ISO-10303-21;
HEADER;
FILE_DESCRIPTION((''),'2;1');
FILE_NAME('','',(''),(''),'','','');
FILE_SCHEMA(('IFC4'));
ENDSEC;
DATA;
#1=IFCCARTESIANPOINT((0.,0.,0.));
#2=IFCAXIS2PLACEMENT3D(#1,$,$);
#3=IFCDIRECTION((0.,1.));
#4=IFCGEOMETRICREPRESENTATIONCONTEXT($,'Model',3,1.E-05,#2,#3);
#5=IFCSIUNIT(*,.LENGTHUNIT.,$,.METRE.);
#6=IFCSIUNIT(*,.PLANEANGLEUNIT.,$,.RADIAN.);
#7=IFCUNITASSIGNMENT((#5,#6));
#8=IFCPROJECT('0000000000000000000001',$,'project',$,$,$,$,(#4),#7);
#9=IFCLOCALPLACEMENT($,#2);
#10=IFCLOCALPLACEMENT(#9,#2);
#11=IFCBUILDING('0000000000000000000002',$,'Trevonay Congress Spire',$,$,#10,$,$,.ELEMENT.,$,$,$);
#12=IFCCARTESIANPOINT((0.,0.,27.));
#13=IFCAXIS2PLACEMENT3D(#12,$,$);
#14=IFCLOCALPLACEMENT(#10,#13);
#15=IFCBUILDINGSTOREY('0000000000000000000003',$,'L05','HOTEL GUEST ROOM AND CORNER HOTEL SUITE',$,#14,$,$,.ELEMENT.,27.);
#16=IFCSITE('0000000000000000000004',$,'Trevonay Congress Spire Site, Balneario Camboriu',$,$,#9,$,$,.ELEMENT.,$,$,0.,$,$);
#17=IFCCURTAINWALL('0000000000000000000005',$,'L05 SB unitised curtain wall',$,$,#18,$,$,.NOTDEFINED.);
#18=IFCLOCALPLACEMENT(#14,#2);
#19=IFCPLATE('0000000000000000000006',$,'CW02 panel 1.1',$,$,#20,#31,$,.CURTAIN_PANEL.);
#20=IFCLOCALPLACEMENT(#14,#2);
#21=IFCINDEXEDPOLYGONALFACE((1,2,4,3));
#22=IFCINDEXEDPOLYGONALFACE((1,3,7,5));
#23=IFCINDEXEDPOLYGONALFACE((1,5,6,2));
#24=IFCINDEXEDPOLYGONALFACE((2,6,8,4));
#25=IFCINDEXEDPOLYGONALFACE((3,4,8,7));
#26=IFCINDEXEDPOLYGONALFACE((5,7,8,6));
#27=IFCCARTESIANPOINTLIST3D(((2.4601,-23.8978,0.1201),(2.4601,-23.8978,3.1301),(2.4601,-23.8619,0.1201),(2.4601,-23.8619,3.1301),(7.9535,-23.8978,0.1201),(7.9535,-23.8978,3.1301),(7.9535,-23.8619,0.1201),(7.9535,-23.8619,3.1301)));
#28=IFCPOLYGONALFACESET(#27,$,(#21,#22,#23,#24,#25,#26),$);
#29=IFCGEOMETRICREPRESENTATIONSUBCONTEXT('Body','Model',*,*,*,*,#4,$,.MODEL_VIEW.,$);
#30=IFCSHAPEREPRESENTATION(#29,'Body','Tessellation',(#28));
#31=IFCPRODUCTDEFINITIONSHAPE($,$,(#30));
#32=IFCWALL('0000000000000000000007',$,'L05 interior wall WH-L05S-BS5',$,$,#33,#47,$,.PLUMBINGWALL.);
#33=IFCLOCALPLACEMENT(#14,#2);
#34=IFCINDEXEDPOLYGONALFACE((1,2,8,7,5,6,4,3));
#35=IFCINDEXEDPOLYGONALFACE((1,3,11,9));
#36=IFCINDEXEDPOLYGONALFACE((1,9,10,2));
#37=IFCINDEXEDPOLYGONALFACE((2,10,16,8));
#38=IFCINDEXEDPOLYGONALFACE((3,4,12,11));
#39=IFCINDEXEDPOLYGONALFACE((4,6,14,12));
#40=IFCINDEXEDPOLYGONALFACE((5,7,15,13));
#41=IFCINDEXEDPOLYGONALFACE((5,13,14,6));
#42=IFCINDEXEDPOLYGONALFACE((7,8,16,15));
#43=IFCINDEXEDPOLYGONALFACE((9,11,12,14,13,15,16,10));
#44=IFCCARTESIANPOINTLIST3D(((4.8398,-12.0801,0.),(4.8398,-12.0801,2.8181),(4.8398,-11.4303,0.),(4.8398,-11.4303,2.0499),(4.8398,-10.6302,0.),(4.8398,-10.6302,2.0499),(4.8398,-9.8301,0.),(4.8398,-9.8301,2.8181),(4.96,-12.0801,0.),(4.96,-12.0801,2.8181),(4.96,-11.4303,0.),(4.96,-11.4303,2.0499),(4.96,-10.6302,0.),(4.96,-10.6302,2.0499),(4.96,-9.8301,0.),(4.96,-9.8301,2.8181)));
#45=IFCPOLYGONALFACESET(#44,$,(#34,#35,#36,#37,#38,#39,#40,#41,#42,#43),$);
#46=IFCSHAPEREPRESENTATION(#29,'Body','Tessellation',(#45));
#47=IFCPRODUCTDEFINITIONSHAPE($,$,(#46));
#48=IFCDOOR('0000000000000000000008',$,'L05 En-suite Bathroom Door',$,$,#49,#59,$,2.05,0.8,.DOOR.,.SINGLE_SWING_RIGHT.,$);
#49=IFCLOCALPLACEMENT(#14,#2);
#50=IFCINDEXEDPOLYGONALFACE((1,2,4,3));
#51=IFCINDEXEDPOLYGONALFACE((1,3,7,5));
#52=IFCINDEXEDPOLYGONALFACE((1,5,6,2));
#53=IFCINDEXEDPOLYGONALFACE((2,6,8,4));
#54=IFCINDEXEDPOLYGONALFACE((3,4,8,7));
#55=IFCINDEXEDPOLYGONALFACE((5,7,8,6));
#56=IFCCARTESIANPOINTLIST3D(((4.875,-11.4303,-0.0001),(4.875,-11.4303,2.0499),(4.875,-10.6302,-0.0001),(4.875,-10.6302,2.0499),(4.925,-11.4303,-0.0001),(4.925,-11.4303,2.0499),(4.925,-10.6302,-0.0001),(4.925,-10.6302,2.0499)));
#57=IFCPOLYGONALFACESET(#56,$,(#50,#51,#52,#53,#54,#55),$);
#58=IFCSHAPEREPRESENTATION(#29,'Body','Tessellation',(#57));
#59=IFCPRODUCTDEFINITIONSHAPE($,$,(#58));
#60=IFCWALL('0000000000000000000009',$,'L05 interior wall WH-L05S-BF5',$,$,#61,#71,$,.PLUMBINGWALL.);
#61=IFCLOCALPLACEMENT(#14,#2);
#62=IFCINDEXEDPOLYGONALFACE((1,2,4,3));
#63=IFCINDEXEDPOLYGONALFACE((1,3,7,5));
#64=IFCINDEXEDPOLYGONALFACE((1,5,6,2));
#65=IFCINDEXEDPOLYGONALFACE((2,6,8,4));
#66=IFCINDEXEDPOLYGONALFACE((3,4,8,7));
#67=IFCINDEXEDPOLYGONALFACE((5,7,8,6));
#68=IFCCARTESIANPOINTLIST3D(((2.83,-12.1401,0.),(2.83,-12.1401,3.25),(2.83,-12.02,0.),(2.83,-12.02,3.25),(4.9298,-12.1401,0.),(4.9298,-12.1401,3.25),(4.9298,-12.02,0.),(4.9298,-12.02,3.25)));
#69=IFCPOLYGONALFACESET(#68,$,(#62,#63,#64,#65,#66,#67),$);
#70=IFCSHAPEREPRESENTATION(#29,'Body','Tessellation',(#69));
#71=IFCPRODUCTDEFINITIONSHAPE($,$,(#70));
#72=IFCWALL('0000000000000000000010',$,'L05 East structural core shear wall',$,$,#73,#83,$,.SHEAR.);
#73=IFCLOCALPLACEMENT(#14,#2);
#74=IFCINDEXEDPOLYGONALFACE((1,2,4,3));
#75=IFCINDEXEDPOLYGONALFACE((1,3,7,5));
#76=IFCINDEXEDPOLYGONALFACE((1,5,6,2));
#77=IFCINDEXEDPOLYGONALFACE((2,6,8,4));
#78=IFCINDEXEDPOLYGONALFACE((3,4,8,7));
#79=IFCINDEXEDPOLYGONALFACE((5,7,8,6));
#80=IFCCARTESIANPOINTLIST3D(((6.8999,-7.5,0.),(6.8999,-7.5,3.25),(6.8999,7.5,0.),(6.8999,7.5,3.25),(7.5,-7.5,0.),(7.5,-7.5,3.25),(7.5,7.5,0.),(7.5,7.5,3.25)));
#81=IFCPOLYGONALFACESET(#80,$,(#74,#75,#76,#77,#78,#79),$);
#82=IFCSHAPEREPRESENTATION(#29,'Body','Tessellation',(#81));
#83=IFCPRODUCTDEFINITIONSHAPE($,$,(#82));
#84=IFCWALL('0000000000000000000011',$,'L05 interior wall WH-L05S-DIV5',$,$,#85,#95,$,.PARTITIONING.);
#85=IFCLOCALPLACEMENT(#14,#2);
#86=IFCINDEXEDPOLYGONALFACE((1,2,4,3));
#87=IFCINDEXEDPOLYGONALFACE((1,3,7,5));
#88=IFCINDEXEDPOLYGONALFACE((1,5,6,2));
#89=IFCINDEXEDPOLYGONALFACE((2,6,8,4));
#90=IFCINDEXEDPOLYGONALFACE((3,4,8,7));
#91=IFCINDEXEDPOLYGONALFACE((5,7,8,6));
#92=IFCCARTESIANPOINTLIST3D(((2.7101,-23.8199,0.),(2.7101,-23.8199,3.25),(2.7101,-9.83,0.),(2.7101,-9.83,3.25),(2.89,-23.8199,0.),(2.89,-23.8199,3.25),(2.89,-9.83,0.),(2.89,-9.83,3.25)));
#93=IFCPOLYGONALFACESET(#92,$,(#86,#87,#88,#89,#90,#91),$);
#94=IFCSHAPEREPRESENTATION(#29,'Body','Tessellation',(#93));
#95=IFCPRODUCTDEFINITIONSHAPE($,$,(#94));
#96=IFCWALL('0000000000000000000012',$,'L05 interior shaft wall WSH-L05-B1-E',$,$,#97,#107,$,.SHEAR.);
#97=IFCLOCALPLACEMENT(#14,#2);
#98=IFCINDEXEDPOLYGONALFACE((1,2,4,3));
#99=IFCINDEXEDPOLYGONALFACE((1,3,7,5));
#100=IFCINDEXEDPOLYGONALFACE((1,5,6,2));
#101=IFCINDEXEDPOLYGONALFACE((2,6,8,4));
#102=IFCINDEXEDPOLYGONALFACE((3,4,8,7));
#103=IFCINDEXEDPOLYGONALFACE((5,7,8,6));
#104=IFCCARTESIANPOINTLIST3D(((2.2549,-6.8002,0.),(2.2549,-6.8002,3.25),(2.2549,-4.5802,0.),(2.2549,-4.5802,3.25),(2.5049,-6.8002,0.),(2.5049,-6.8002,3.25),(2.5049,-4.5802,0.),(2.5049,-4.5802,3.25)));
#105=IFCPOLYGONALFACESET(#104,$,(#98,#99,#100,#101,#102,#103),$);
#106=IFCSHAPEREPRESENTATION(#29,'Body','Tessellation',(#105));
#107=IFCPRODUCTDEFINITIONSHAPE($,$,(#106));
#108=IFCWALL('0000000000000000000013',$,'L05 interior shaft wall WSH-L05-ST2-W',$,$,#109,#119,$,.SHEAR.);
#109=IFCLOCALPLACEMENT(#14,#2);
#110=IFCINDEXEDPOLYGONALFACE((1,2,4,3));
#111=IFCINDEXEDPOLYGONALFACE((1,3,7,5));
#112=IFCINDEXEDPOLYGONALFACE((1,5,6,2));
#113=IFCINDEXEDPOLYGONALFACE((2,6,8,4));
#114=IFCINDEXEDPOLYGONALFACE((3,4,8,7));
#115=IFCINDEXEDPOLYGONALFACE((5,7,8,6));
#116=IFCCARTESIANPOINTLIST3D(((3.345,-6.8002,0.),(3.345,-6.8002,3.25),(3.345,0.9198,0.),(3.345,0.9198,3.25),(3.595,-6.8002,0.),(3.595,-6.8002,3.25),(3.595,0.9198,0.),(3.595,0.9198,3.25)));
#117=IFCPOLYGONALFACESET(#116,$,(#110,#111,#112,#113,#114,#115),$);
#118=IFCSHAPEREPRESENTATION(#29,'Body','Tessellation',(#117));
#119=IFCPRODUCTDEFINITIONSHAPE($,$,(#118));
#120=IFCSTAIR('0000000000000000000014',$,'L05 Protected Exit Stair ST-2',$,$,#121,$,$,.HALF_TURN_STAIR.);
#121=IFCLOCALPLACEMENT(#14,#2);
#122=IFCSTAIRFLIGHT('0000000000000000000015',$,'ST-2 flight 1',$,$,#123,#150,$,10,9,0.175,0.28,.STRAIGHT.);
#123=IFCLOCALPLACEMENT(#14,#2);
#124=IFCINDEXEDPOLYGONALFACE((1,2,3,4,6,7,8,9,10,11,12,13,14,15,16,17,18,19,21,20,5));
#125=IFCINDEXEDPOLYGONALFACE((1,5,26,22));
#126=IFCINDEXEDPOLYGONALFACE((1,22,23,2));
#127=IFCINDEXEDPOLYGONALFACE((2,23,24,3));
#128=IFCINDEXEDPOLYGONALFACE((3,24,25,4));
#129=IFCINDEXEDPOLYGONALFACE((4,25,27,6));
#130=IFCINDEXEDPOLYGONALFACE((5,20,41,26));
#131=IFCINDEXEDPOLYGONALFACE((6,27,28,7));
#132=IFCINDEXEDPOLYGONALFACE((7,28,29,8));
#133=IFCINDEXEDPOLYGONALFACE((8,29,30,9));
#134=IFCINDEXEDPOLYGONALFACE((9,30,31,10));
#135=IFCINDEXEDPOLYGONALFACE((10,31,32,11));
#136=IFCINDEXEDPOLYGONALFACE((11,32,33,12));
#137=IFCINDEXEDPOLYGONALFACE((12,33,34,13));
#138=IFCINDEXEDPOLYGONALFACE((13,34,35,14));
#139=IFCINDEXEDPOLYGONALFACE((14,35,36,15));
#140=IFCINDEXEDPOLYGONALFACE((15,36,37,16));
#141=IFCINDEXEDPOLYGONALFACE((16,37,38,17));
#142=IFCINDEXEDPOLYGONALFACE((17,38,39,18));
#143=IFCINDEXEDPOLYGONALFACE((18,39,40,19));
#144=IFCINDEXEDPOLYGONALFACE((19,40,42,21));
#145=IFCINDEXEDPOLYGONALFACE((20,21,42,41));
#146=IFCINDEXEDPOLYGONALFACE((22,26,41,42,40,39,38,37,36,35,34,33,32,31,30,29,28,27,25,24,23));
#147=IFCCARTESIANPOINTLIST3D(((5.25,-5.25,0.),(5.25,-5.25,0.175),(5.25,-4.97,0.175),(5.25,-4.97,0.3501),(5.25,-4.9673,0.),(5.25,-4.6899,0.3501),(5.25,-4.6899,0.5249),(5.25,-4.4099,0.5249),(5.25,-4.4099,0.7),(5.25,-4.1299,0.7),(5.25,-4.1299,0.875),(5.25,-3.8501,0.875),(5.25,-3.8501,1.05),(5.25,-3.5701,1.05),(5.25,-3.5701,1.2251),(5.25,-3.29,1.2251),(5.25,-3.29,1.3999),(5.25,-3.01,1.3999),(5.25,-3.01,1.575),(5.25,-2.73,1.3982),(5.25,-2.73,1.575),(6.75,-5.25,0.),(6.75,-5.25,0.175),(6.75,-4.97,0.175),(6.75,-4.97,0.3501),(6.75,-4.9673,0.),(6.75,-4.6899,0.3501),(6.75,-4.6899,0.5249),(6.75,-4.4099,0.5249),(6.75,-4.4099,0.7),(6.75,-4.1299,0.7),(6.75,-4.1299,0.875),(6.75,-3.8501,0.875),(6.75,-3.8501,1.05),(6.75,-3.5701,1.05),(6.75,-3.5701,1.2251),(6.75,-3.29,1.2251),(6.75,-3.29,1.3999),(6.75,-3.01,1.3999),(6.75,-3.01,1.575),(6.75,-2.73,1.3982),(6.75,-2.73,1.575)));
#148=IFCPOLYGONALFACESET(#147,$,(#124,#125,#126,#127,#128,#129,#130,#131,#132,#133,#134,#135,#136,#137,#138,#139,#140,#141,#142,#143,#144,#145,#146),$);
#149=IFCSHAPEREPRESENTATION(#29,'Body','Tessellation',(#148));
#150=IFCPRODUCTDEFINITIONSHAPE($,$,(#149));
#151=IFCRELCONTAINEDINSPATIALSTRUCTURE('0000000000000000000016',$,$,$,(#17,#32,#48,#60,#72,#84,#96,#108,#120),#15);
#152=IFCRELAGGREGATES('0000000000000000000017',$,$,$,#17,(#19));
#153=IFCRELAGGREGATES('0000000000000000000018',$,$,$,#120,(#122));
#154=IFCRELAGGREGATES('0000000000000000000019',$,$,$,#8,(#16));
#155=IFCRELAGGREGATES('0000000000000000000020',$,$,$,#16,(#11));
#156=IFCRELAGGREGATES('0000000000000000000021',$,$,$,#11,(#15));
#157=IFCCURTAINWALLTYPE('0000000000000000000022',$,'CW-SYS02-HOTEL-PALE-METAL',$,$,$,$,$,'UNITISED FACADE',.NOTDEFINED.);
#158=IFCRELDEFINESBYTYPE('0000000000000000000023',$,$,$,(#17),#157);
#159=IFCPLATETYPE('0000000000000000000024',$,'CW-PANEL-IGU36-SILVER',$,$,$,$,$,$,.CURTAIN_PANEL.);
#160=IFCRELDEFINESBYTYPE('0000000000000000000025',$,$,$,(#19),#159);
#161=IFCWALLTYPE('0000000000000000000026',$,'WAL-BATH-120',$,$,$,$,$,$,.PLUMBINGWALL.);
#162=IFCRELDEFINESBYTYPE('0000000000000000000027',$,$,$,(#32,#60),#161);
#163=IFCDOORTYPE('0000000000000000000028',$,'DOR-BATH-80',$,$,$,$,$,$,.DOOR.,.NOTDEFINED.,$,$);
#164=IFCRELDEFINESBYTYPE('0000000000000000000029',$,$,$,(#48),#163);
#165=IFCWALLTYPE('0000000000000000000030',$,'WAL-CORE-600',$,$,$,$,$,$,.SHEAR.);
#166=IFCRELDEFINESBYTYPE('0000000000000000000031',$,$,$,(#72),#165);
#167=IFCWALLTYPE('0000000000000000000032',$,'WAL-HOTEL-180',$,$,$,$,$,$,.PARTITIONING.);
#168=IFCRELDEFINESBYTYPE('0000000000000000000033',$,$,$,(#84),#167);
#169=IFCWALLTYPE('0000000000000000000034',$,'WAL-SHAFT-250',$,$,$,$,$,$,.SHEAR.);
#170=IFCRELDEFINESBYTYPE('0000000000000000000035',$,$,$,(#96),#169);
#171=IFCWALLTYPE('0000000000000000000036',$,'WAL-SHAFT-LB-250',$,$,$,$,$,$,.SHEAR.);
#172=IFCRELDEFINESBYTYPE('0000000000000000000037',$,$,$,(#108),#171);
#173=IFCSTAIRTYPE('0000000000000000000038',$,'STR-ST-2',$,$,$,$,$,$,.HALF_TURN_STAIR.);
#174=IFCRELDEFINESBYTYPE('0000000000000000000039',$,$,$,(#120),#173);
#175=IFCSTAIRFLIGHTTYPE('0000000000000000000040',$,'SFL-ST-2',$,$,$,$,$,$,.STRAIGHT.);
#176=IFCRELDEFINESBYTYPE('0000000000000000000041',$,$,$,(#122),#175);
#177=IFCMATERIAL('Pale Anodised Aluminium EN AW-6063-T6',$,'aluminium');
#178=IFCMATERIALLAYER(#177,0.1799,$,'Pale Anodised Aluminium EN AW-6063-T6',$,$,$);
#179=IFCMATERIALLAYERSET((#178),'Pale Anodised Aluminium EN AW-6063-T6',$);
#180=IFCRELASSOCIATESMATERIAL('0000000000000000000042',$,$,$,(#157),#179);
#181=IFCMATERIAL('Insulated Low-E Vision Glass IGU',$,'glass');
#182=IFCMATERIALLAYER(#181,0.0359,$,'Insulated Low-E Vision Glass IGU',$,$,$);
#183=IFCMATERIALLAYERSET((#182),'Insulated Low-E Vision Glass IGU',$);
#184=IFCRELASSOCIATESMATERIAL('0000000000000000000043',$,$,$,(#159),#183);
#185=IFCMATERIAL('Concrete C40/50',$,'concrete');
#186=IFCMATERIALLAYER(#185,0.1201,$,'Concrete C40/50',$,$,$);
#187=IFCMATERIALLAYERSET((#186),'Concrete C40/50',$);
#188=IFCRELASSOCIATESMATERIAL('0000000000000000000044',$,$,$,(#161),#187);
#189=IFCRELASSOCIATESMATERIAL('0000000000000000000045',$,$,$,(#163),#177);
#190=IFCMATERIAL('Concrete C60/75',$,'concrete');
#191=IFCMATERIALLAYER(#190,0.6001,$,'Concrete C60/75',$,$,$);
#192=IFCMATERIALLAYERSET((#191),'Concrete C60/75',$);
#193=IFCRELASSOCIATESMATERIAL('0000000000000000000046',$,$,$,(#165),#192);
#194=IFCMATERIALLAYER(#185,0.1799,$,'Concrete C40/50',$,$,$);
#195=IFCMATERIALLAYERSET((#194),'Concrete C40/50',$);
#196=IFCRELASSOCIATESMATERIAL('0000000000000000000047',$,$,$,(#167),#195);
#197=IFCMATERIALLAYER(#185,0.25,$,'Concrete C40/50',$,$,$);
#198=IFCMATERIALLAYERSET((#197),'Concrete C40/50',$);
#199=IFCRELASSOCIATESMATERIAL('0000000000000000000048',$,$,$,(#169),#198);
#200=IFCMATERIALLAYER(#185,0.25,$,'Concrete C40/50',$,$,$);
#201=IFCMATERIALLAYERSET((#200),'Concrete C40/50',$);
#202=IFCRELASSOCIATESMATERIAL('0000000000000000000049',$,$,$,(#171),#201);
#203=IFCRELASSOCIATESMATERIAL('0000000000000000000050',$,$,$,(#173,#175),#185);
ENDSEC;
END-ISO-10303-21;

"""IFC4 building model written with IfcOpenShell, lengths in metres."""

from ifc_helpers import new_model, si_unit, direction, frame, frame_2d, origin, origin_2d, place, context, subcontext, project, spatial, polyline, rectangle, outline, extrude, material, layer, layer_set, type_object, element, fill, aggregate, save


model = new_model("IFC4")

# Units and contexts
model_context = context("Model", 3, precision=1e-05, world=origin(), true_north=direction((0.0, 1.0)))
body_context = subcontext(model_context, "Body", "Model", "MODEL_VIEW")
ifc_project = project(units=[si_unit("LENGTHUNIT", "METRE"), si_unit("PLANEANGLEUNIT", "RADIAN")], contexts=[model_context])

# Site, building, storey
site_placement = place(None, origin())
site = spatial("IfcSite", under=ifc_project, at=site_placement, Name="Trevonay Congress Spire Site, Balneario Camboriu", CompositionType="ELEMENT", RefElevation=0.0)
building_placement = place(site_placement, origin())
building = spatial("IfcBuilding", under=site, at=building_placement, Name="Trevonay Congress Spire", CompositionType="ELEMENT")
storey_placement = place(building_placement, frame((0.0, 0.0, 27.0)))
storey = spatial("IfcBuildingStorey", under=building, at=storey_placement, Name="L05", Description="HOTEL GUEST ROOM AND CORNER HOTEL SUITE", CompositionType="ELEMENT", Elevation=27.0)

# Curtain wall
ifc_material_1 = material(Name="Pale Anodised Aluminium EN AW-6063-T6", Category="aluminium")
ifc_layer_1 = layer(ifc_material_1, 0.1799, Name="Pale Anodised Aluminium EN AW-6063-T6")
ifc_layer_set_1 = layer_set([ifc_layer_1], Name="Pale Anodised Aluminium EN AW-6063-T6")
curtain_wall_type = type_object("IfcCurtainWallType", Name="CW-SYS02-HOTEL-PALE-METAL", ElementType="UNITISED FACADE", PredefinedType="NOTDEFINED", material=ifc_layer_set_1)
curtain_wall_placement = place(storey_placement, origin())
curtain_wall = element("IfcCurtainWall", 1, at=curtain_wall_placement, inside=storey, type_object=curtain_wall_type, Name="L05 SB unitised curtain wall", PredefinedType="NOTDEFINED")

# Plate
ifc_material_2 = material(Name="Insulated Low-E Vision Glass IGU", Category="glass")
ifc_layer_2 = layer(ifc_material_2, 0.0359, Name="Insulated Low-E Vision Glass IGU")
ifc_layer_set_2 = layer_set([ifc_layer_2], Name="Insulated Low-E Vision Glass IGU")
plate_type = type_object("IfcPlateType", Name="CW-PANEL-IGU36-SILVER", PredefinedType="CURTAIN_PANEL", material=ifc_layer_set_2)
plate_placement = place(storey_placement, frame((5.2068, -23.8799, 0.1201), z_axis=(0.0, 0.0, 1.0), x_axis=(1.0, 0.0, 0.0)))
plate = element("IfcPlate", 2, at=plate_placement, type_object=plate_type, Name="CW02 panel 1.1", PredefinedType="CURTAIN_PANEL", context=body_context, shape_type="SweptSolid", body=[
    extrude(rectangle(XDim=5.4934, YDim=0.0359, at=origin_2d()), origin(), (0.0, 0.0, 1.0), 3.01),
])
aggregate(curtain_wall, [plate])

# Wall, opening, door
ifc_material_3 = material(Name="Concrete C40/50", Category="concrete")
ifc_layer_3 = layer(ifc_material_3, 0.1201, Name="Concrete C40/50")
ifc_layer_set_3 = layer_set([ifc_layer_3], Name="Concrete C40/50")
wall_type_1 = type_object("IfcWallType", Name="WAL-BATH-120", PredefinedType="PLUMBINGWALL", material=ifc_layer_set_3)
wall_1_placement = place(storey_placement, frame((4.8999, -12.0801, 0.0), z_axis=(0.0, 0.0, 1.0), x_axis=(0.0, 1.0, 0.0)))
wall_1 = element("IfcWall", 3, at=wall_1_placement, inside=storey, type_object=wall_type_1, Name="L05 interior wall WH-L05S-BS5", PredefinedType="PLUMBINGWALL", context=body_context, shape_type="SweptSolid", body=[
    extrude(rectangle(XDim=2.25, YDim=0.1201, at=frame_2d((1.125, 0.0))), origin(), (0.0, 0.0, 1.0), 2.8181),
])
opening_placement = place(wall_1_placement, frame((0.6499, 0.0, 0.0)))
opening = element("IfcOpeningElement", 4, at=opening_placement, cuts=wall_1, PredefinedType="OPENING", context=body_context, shape_type="SweptSolid", body=[
    extrude(rectangle(XDim=0.8, YDim=2.05, at=frame_2d((0.3999, 1.0249))), frame((0.0, 0.0701, 0.0), z_axis=(0.0, -1.0, 0.0), x_axis=(1.0, 0.0, 0.0)), (0.0, 0.0, 1.0), 0.1401),
])
door_type = type_object("IfcDoorType", Name="DOR-BATH-80", OperationType="NOTDEFINED", PredefinedType="DOOR", material=ifc_material_1)
door_placement = place(opening_placement, origin())
door = element("IfcDoor", 5, at=door_placement, inside=storey, type_object=door_type, Name="L05 En-suite Bathroom Door", OperationType="SINGLE_SWING_RIGHT", OverallHeight=2.05, OverallWidth=0.8, PredefinedType="DOOR", context=body_context, shape_type="SweptSolid", body=[
    extrude(rectangle(XDim=0.8, YDim=2.05, at=frame_2d((0.3999, 1.0249))), frame((0.0, 0.0249, 0.0), z_axis=(0.0, -1.0, 0.0), x_axis=(1.0, 0.0, 0.0)), (0.0, 0.0, 1.0), 0.05),
])
fill(opening, door)

# Walls
wall_2_placement = place(storey_placement, frame((2.8301, -12.0801, 0.0), z_axis=(0.0, 0.0, 1.0), x_axis=(1.0, 0.0, 0.0)))
element("IfcWall", 6, at=wall_2_placement, inside=storey, type_object=wall_type_1, Name="L05 interior wall WH-L05S-BF5", PredefinedType="PLUMBINGWALL", context=body_context, shape_type="SweptSolid", body=[
    extrude(rectangle(XDim=2.0999, YDim=0.1201, at=frame_2d((1.0498, 0.0))), origin(), (0.0, 0.0, 1.0), 3.25),
])
ifc_material_4 = material(Name="Concrete C60/75", Category="concrete")
ifc_layer_4 = layer(ifc_material_4, 0.6001, Name="Concrete C60/75")
ifc_layer_set_4 = layer_set([ifc_layer_4], Name="Concrete C60/75")
wall_type_2 = type_object("IfcWallType", Name="WAL-CORE-600", PredefinedType="SHEAR", material=ifc_layer_set_4)
wall_3_placement = place(storey_placement, frame((7.2, -7.5, 0.0), z_axis=(0.0, 0.0, 1.0), x_axis=(0.0, 1.0, 0.0)))
element("IfcWall", 7, at=wall_3_placement, inside=storey, type_object=wall_type_2, Name="L05 East structural core shear wall", PredefinedType="SHEAR", context=body_context, shape_type="SweptSolid", body=[
    extrude(rectangle(XDim=15.0, YDim=0.6001, at=frame_2d((7.5, 0.0))), origin(), (0.0, 0.0, 1.0), 3.25),
])
ifc_layer_5 = layer(ifc_material_3, 0.1799, Name="Concrete C40/50")
ifc_layer_set_5 = layer_set([ifc_layer_5], Name="Concrete C40/50")
wall_type_3 = type_object("IfcWallType", Name="WAL-HOTEL-180", PredefinedType="PARTITIONING", material=ifc_layer_set_5)
wall_4_placement = place(storey_placement, frame((2.8, -23.8201, 0.0), z_axis=(0.0, 0.0, 1.0), x_axis=(0.0, 1.0, 0.0)))
element("IfcWall", 8, at=wall_4_placement, inside=storey, type_object=wall_type_3, Name="L05 interior wall WH-L05S-DIV5", PredefinedType="PARTITIONING", context=body_context, shape_type="SweptSolid", body=[
    extrude(rectangle(XDim=13.99, YDim=0.1799, at=frame_2d((6.9951, 0.0))), origin(), (0.0, 0.0, 1.0), 3.25),
])
ifc_layer_6 = layer(ifc_material_3, 0.25, Name="Concrete C40/50")
ifc_layer_set_6 = layer_set([ifc_layer_6], Name="Concrete C40/50")
wall_type_4 = type_object("IfcWallType", Name="WAL-SHAFT-250", PredefinedType="SHEAR", material=ifc_layer_set_6)
wall_5_placement = place(storey_placement, frame((2.3799, -6.8, 0.0), z_axis=(0.0, 0.0, 1.0), x_axis=(0.0, 1.0, 0.0)))
element("IfcWall", 9, at=wall_5_placement, inside=storey, type_object=wall_type_4, Name="L05 interior shaft wall WSH-L05-B1-E", PredefinedType="SHEAR", context=body_context, shape_type="SweptSolid", body=[
    extrude(rectangle(XDim=2.22, YDim=0.25, at=frame_2d((1.1099, 0.0))), origin(), (0.0, 0.0, 1.0), 3.25),
])
ifc_layer_7 = layer(ifc_material_3, 0.25, Name="Concrete C40/50")
ifc_layer_set_7 = layer_set([ifc_layer_7], Name="Concrete C40/50")
wall_type_5 = type_object("IfcWallType", Name="WAL-SHAFT-LB-250", PredefinedType="SHEAR", material=ifc_layer_set_7)
wall_6_placement = place(storey_placement, frame((3.47, -6.8, 0.0), z_axis=(0.0, 0.0, 1.0), x_axis=(0.0, 1.0, 0.0)))
element("IfcWall", 10, at=wall_6_placement, inside=storey, type_object=wall_type_5, Name="L05 interior shaft wall WSH-L05-ST2-W", PredefinedType="SHEAR", context=body_context, shape_type="SweptSolid", body=[
    extrude(rectangle(XDim=7.72, YDim=0.25, at=frame_2d((3.8599, 0.0))), origin(), (0.0, 0.0, 1.0), 3.25),
])

# Stair, stair flight
stair_type = type_object("IfcStairType", Name="STR-ST-2", PredefinedType="HALF_TURN_STAIR", material=ifc_material_3)
stair_placement = place(storey_placement, origin())
stair = element("IfcStair", 11, at=stair_placement, inside=storey, type_object=stair_type, Name="L05 Protected Exit Stair ST-2", PredefinedType="HALF_TURN_STAIR")
stair_flight_type = type_object("IfcStairFlightType", Name="SFL-ST-2", PredefinedType="STRAIGHT", material=ifc_material_3)
stair_flight_placement = place(storey_placement, frame((6.0, -5.25, 0.0), z_axis=(0.0, 0.0, 1.0), x_axis=(0.0, 1.0, 0.0)))
stair_flight = element("IfcStairFlight", 12, at=stair_flight_placement, type_object=stair_flight_type, Name="ST-2 flight 1", NumberOfRisers=10, NumberOfTreads=9, PredefinedType="STRAIGHT", RiserHeight=0.175, TreadLength=0.28, context=body_context, shape_type="SweptSolid", body=[
    extrude(outline(polyline([(0.0, 0.0), (0.0, 0.175), (0.28, 0.175), (0.28, 0.3501), (0.5601, 0.3501), (0.5601, 0.5249), (0.8401, 0.5249), (0.8401, 0.7), (1.1201, 0.7), (1.1201, 0.875), (1.3999, 0.875), (1.3999, 1.05), (1.6799, 1.05), (1.6799, 1.2251), (1.96, 1.2251), (1.96, 1.3999), (2.24, 1.3999), (2.24, 1.575), (2.52, 1.575), (2.52, 1.75), (2.52, 1.3982), (0.2827, 0.0), (0.0, 0.0)])), frame((0.0, 0.75, 0.0), z_axis=(0.0, -1.0, 0.0), x_axis=(1.0, 0.0, 0.0)), (0.0, 0.0, 1.0), 1.5),
])
aggregate(stair, [stair_flight])

save(model, "model.ifc")
